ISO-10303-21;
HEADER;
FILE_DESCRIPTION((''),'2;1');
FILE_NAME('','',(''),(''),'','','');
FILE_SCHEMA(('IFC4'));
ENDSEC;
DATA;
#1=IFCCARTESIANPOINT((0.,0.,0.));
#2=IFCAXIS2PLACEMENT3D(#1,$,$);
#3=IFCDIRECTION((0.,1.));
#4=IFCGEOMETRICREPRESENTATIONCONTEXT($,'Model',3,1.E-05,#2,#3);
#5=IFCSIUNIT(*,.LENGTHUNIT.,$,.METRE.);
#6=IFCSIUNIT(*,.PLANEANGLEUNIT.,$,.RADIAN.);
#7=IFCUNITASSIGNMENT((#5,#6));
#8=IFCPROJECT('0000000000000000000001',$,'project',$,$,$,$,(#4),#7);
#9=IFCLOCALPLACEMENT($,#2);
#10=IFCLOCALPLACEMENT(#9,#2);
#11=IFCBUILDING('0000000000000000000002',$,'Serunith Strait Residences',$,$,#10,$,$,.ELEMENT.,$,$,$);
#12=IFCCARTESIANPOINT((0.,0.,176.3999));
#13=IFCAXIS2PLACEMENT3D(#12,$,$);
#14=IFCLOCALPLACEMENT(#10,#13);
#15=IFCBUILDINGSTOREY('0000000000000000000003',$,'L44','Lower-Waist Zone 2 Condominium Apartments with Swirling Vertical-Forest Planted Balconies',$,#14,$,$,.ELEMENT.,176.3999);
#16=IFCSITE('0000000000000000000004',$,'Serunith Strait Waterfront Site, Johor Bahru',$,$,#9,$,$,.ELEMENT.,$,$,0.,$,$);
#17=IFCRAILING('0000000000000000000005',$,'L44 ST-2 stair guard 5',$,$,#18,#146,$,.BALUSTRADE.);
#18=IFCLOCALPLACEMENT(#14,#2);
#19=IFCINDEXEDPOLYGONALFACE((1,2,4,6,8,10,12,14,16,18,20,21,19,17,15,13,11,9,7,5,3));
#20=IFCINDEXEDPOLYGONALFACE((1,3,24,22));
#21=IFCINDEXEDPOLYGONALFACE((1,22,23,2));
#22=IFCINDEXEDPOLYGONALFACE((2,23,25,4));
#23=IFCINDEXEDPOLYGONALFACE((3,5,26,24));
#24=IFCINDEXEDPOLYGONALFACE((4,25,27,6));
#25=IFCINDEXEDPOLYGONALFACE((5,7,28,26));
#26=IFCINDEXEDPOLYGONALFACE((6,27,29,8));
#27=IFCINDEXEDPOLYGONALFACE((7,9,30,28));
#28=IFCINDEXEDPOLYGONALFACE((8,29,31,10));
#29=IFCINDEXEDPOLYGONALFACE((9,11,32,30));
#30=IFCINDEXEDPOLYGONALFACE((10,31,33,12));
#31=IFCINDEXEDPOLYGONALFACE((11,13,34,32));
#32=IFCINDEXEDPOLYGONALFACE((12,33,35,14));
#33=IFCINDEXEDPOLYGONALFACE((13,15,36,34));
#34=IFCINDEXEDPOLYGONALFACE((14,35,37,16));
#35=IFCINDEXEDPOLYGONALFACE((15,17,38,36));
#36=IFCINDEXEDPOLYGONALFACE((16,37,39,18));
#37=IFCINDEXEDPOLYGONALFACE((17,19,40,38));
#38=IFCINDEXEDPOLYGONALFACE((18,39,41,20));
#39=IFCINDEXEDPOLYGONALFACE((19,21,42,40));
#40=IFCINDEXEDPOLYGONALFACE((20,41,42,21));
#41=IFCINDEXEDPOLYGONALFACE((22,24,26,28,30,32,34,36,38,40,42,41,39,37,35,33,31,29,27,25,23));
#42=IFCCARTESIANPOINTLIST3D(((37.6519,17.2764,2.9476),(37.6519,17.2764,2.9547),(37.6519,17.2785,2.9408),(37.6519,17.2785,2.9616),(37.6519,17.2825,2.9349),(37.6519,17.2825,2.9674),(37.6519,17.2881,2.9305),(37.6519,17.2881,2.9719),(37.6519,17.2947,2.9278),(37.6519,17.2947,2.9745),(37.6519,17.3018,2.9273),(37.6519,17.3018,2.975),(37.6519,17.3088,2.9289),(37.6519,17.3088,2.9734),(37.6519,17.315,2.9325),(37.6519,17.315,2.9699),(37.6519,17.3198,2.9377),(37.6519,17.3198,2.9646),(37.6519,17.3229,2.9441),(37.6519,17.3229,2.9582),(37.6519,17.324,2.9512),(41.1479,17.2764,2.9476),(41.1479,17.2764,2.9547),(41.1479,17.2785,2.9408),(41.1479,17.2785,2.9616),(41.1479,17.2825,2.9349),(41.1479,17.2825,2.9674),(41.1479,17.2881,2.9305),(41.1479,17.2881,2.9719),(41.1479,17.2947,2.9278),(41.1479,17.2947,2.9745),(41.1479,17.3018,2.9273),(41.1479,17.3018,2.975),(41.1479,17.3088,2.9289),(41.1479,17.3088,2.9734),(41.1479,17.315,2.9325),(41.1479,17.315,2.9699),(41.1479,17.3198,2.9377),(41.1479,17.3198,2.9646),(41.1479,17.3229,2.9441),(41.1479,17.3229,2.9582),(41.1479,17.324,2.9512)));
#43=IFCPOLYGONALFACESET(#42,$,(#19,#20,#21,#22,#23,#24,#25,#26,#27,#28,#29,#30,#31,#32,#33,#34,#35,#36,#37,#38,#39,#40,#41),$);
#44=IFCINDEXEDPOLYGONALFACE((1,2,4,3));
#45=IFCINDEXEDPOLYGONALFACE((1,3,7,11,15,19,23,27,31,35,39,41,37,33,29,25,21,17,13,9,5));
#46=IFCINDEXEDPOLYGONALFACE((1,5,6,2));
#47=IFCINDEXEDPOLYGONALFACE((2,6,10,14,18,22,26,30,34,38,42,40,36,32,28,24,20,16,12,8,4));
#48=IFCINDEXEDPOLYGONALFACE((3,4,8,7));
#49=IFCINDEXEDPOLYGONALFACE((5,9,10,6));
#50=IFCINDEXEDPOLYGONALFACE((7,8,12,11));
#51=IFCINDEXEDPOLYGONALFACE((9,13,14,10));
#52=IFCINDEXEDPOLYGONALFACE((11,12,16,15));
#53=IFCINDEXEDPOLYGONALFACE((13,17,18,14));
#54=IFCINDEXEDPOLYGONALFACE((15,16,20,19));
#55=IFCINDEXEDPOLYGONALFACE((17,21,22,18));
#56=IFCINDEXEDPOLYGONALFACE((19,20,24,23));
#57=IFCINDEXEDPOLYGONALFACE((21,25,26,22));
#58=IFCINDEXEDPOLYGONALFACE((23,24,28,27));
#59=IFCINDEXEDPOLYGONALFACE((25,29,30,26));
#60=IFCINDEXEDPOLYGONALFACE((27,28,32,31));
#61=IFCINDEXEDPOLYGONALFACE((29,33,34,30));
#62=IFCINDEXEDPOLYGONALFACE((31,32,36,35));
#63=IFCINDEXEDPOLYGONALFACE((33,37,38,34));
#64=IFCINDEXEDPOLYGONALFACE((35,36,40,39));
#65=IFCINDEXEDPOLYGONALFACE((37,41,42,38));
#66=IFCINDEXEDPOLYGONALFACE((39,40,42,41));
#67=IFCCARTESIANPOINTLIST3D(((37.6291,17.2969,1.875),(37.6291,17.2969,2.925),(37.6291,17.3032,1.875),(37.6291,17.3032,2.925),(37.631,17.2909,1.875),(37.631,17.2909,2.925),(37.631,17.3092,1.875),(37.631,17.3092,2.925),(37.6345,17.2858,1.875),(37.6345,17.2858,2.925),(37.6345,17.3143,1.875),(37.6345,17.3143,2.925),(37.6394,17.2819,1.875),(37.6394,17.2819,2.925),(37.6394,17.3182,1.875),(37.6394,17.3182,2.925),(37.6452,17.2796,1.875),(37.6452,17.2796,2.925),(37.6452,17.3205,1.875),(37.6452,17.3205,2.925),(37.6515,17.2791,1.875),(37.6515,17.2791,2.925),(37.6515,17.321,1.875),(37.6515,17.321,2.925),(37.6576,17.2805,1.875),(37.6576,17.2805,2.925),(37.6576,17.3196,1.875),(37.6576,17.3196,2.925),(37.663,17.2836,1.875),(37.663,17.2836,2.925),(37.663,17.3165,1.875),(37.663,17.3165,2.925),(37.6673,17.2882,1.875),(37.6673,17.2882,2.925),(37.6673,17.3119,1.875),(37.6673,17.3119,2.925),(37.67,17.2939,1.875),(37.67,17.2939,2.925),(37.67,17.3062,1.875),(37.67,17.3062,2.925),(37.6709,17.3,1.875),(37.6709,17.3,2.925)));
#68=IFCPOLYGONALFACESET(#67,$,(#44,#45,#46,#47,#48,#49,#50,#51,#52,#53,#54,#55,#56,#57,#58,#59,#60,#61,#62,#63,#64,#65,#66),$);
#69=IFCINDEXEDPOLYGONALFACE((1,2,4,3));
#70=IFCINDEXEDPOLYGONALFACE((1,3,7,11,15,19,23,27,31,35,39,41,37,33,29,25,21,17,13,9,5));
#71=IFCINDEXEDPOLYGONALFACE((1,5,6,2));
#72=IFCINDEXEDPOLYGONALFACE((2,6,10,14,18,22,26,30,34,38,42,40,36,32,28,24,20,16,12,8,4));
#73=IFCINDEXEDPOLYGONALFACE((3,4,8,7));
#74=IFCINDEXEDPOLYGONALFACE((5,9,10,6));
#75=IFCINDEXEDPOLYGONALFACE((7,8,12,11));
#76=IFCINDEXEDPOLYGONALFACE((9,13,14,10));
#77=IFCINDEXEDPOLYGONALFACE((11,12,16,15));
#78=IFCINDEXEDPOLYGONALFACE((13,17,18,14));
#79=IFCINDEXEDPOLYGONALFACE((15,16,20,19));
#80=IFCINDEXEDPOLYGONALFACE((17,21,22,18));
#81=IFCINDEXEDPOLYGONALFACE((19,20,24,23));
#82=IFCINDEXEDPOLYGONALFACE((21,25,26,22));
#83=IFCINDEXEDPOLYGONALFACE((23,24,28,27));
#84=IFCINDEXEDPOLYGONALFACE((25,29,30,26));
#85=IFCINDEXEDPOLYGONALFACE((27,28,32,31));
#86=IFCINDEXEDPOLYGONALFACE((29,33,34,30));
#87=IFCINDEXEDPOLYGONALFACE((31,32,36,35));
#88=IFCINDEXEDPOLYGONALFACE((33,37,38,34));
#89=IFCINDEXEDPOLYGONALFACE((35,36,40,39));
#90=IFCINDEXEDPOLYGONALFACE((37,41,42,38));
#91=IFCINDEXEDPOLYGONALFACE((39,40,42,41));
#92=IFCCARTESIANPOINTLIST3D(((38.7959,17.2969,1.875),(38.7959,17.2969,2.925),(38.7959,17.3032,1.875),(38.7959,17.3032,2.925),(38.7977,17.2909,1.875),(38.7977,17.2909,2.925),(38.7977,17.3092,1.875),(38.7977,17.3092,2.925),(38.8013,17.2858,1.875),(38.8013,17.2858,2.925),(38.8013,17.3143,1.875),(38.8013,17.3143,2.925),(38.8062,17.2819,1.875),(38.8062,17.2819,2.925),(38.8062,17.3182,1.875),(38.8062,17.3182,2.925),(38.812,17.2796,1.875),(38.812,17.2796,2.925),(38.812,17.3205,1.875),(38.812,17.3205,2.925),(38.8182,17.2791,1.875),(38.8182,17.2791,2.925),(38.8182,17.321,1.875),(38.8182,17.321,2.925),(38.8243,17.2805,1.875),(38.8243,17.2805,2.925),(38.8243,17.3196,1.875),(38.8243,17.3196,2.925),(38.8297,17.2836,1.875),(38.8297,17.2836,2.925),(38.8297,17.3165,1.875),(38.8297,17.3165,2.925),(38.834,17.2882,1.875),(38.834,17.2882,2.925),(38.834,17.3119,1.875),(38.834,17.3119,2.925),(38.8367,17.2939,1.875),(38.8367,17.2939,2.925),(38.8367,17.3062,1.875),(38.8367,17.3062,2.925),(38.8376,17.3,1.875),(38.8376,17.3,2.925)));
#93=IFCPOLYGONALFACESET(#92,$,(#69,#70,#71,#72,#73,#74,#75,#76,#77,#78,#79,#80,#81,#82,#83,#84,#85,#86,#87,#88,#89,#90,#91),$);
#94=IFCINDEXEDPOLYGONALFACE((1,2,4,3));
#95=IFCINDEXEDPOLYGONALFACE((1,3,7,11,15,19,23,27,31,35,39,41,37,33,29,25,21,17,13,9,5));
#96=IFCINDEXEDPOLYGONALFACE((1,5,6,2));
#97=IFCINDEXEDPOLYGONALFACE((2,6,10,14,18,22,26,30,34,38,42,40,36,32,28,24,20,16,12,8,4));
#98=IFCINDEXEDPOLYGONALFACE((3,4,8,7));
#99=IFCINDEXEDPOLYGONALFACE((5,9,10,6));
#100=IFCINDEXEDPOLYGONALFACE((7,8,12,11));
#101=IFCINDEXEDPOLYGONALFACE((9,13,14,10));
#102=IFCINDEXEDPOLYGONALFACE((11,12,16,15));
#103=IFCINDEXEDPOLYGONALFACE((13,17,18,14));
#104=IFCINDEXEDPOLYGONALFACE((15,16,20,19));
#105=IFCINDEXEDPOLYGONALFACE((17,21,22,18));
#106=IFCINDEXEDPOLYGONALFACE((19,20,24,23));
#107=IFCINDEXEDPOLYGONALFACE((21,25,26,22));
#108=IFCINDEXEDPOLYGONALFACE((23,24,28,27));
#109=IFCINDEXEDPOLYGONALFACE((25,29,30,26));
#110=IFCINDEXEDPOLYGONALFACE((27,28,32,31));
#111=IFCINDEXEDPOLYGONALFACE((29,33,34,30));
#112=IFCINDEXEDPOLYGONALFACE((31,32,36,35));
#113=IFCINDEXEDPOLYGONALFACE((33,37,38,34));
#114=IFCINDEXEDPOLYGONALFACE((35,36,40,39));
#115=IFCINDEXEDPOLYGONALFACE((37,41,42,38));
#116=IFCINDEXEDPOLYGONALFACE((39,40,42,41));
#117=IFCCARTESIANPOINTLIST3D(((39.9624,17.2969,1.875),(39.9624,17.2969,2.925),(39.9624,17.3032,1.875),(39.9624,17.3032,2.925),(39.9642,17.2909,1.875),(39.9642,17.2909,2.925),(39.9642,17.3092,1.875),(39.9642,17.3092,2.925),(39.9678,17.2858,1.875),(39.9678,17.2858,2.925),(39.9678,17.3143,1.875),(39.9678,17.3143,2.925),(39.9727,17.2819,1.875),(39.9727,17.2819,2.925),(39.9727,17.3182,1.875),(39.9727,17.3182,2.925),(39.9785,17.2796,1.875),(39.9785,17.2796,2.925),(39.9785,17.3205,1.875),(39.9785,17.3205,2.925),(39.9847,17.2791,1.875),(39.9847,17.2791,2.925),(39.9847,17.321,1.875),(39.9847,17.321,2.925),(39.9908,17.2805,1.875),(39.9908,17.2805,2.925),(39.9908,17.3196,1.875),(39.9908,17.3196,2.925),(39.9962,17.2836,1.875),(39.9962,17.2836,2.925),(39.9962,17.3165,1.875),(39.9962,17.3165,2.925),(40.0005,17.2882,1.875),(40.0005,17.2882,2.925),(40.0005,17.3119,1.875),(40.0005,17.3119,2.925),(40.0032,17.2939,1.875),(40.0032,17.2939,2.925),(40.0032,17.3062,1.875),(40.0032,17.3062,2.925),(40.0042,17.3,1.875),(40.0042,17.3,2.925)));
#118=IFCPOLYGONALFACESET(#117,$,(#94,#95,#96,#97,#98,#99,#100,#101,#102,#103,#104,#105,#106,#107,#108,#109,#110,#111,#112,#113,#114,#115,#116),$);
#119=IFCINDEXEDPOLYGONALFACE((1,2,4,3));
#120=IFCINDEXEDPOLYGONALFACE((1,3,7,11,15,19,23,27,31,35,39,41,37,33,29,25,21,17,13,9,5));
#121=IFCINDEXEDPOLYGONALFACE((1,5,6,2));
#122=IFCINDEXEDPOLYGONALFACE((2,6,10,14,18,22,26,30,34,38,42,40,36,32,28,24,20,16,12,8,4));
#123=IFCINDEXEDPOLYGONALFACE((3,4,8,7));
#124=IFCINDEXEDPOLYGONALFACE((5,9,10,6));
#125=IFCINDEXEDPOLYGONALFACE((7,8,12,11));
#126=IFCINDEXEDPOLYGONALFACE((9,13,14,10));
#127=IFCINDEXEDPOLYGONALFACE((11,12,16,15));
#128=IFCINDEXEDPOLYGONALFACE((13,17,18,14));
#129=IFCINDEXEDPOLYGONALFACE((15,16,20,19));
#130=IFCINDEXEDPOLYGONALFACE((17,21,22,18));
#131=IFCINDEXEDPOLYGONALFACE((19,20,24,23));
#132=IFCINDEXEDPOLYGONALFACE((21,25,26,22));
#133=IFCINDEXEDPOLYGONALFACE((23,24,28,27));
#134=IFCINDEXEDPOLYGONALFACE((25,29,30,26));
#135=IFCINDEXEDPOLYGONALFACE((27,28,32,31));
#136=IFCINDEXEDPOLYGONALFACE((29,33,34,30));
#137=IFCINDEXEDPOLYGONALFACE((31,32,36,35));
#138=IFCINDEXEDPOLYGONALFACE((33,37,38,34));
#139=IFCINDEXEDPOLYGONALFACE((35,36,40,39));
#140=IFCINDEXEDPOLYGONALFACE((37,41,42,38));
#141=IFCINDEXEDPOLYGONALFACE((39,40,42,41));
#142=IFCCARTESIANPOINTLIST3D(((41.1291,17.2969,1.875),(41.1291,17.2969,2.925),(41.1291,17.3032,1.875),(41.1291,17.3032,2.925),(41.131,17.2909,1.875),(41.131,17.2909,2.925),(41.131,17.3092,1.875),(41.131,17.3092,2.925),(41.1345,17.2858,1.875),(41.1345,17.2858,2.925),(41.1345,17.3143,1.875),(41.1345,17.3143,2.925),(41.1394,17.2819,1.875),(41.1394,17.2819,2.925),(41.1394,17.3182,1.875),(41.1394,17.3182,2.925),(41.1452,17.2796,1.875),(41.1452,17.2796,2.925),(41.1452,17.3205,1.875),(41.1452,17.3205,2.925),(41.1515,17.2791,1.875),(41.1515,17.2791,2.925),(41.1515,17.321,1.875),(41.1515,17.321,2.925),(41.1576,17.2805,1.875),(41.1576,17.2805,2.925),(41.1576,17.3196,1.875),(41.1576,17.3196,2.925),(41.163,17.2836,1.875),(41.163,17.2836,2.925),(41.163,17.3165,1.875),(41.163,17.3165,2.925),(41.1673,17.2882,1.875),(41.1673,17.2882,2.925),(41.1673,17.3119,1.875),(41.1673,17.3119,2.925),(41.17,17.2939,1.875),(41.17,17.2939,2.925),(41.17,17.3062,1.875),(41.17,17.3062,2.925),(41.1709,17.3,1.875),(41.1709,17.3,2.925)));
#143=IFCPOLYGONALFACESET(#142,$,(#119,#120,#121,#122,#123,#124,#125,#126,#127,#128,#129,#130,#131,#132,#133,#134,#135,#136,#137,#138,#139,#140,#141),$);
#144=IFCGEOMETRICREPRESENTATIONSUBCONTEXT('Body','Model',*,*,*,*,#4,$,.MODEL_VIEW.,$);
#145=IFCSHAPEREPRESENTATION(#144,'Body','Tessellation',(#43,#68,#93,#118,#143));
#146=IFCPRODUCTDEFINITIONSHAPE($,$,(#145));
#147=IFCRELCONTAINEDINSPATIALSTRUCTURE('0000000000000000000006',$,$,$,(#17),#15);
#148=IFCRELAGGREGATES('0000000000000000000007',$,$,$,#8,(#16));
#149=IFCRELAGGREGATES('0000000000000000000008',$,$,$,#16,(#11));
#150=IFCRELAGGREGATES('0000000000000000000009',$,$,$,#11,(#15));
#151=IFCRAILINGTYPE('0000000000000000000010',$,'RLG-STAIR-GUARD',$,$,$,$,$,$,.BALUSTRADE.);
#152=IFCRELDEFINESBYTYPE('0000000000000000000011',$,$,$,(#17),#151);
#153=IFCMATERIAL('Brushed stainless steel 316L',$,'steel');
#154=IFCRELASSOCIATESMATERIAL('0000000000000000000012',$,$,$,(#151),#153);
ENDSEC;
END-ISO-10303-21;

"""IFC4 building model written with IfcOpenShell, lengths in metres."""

from ifc_helpers import new_model, si_unit, direction, frame, origin, origin_2d, place, context, subcontext, project, spatial, circle, extrude, material, type_object, element, save


model = new_model("IFC4")

# Units and contexts
model_context = context("Model", 3, precision=1e-05, world=origin(), true_north=direction((0.0, 1.0)))
body_context = subcontext(model_context, "Body", "Model", "MODEL_VIEW")
ifc_project = project(units=[si_unit("LENGTHUNIT", "METRE"), si_unit("PLANEANGLEUNIT", "RADIAN")], contexts=[model_context])

# Site, building, storey
site_placement = place(None, origin())
site = spatial("IfcSite", under=ifc_project, at=site_placement, Name="Serunith Strait Waterfront Site, Johor Bahru", CompositionType="ELEMENT", RefElevation=0.0)
building_placement = place(site_placement, origin())
building = spatial("IfcBuilding", under=site, at=building_placement, Name="Serunith Strait Residences", CompositionType="ELEMENT")
storey_placement = place(building_placement, frame((0.0, 0.0, 176.3999)))
storey = spatial("IfcBuildingStorey", under=building, at=storey_placement, Name="L44", Description="Lower-Waist Zone 2 Condominium Apartments with Swirling Vertical-Forest Planted Balconies", CompositionType="ELEMENT", Elevation=176.3999)

# Railing
ifc_material_1 = material(Name="Brushed stainless steel 316L", Category="steel")
railing_type_1 = type_object("IfcRailingType", Name="RLG-STAIR-GUARD", PredefinedType="BALUSTRADE", material=ifc_material_1)
railing_1_placement = place(storey_placement, frame((37.6499, 17.3, 1.875)))
element("IfcRailing", 1, at=railing_1_placement, inside=storey, type_object=railing_type_1, Name="L44 ST-2 stair guard 5", PredefinedType="BALUSTRADE", context=body_context, shape_type="SweptSolid", body=[
    extrude(circle(Radius=0.0239, at=origin_2d()), frame((0.002, 0.0, 1.0762), z_axis=(1.0, 0.0, 0.0), x_axis=(0.0, 1.0, 0.0)), (0.0, 0.0, 1.0), 3.4961),
    extrude(circle(Radius=0.021, at=origin_2d()), origin(), (0.0, 0.0, 1.0), 1.05),
    extrude(circle(Radius=0.021, at=origin_2d()), frame((1.1667, 0.0, 0.0)), (0.0, 0.0, 1.0), 1.05),
    extrude(circle(Radius=0.021, at=origin_2d()), frame((2.3333, 0.0, 0.0)), (0.0, 0.0, 1.0), 1.05),
    extrude(circle(Radius=0.021, at=origin_2d()), frame((3.5, 0.0, 0.0)), (0.0, 0.0, 1.0), 1.05),
])

save(model, "model.ifc")
